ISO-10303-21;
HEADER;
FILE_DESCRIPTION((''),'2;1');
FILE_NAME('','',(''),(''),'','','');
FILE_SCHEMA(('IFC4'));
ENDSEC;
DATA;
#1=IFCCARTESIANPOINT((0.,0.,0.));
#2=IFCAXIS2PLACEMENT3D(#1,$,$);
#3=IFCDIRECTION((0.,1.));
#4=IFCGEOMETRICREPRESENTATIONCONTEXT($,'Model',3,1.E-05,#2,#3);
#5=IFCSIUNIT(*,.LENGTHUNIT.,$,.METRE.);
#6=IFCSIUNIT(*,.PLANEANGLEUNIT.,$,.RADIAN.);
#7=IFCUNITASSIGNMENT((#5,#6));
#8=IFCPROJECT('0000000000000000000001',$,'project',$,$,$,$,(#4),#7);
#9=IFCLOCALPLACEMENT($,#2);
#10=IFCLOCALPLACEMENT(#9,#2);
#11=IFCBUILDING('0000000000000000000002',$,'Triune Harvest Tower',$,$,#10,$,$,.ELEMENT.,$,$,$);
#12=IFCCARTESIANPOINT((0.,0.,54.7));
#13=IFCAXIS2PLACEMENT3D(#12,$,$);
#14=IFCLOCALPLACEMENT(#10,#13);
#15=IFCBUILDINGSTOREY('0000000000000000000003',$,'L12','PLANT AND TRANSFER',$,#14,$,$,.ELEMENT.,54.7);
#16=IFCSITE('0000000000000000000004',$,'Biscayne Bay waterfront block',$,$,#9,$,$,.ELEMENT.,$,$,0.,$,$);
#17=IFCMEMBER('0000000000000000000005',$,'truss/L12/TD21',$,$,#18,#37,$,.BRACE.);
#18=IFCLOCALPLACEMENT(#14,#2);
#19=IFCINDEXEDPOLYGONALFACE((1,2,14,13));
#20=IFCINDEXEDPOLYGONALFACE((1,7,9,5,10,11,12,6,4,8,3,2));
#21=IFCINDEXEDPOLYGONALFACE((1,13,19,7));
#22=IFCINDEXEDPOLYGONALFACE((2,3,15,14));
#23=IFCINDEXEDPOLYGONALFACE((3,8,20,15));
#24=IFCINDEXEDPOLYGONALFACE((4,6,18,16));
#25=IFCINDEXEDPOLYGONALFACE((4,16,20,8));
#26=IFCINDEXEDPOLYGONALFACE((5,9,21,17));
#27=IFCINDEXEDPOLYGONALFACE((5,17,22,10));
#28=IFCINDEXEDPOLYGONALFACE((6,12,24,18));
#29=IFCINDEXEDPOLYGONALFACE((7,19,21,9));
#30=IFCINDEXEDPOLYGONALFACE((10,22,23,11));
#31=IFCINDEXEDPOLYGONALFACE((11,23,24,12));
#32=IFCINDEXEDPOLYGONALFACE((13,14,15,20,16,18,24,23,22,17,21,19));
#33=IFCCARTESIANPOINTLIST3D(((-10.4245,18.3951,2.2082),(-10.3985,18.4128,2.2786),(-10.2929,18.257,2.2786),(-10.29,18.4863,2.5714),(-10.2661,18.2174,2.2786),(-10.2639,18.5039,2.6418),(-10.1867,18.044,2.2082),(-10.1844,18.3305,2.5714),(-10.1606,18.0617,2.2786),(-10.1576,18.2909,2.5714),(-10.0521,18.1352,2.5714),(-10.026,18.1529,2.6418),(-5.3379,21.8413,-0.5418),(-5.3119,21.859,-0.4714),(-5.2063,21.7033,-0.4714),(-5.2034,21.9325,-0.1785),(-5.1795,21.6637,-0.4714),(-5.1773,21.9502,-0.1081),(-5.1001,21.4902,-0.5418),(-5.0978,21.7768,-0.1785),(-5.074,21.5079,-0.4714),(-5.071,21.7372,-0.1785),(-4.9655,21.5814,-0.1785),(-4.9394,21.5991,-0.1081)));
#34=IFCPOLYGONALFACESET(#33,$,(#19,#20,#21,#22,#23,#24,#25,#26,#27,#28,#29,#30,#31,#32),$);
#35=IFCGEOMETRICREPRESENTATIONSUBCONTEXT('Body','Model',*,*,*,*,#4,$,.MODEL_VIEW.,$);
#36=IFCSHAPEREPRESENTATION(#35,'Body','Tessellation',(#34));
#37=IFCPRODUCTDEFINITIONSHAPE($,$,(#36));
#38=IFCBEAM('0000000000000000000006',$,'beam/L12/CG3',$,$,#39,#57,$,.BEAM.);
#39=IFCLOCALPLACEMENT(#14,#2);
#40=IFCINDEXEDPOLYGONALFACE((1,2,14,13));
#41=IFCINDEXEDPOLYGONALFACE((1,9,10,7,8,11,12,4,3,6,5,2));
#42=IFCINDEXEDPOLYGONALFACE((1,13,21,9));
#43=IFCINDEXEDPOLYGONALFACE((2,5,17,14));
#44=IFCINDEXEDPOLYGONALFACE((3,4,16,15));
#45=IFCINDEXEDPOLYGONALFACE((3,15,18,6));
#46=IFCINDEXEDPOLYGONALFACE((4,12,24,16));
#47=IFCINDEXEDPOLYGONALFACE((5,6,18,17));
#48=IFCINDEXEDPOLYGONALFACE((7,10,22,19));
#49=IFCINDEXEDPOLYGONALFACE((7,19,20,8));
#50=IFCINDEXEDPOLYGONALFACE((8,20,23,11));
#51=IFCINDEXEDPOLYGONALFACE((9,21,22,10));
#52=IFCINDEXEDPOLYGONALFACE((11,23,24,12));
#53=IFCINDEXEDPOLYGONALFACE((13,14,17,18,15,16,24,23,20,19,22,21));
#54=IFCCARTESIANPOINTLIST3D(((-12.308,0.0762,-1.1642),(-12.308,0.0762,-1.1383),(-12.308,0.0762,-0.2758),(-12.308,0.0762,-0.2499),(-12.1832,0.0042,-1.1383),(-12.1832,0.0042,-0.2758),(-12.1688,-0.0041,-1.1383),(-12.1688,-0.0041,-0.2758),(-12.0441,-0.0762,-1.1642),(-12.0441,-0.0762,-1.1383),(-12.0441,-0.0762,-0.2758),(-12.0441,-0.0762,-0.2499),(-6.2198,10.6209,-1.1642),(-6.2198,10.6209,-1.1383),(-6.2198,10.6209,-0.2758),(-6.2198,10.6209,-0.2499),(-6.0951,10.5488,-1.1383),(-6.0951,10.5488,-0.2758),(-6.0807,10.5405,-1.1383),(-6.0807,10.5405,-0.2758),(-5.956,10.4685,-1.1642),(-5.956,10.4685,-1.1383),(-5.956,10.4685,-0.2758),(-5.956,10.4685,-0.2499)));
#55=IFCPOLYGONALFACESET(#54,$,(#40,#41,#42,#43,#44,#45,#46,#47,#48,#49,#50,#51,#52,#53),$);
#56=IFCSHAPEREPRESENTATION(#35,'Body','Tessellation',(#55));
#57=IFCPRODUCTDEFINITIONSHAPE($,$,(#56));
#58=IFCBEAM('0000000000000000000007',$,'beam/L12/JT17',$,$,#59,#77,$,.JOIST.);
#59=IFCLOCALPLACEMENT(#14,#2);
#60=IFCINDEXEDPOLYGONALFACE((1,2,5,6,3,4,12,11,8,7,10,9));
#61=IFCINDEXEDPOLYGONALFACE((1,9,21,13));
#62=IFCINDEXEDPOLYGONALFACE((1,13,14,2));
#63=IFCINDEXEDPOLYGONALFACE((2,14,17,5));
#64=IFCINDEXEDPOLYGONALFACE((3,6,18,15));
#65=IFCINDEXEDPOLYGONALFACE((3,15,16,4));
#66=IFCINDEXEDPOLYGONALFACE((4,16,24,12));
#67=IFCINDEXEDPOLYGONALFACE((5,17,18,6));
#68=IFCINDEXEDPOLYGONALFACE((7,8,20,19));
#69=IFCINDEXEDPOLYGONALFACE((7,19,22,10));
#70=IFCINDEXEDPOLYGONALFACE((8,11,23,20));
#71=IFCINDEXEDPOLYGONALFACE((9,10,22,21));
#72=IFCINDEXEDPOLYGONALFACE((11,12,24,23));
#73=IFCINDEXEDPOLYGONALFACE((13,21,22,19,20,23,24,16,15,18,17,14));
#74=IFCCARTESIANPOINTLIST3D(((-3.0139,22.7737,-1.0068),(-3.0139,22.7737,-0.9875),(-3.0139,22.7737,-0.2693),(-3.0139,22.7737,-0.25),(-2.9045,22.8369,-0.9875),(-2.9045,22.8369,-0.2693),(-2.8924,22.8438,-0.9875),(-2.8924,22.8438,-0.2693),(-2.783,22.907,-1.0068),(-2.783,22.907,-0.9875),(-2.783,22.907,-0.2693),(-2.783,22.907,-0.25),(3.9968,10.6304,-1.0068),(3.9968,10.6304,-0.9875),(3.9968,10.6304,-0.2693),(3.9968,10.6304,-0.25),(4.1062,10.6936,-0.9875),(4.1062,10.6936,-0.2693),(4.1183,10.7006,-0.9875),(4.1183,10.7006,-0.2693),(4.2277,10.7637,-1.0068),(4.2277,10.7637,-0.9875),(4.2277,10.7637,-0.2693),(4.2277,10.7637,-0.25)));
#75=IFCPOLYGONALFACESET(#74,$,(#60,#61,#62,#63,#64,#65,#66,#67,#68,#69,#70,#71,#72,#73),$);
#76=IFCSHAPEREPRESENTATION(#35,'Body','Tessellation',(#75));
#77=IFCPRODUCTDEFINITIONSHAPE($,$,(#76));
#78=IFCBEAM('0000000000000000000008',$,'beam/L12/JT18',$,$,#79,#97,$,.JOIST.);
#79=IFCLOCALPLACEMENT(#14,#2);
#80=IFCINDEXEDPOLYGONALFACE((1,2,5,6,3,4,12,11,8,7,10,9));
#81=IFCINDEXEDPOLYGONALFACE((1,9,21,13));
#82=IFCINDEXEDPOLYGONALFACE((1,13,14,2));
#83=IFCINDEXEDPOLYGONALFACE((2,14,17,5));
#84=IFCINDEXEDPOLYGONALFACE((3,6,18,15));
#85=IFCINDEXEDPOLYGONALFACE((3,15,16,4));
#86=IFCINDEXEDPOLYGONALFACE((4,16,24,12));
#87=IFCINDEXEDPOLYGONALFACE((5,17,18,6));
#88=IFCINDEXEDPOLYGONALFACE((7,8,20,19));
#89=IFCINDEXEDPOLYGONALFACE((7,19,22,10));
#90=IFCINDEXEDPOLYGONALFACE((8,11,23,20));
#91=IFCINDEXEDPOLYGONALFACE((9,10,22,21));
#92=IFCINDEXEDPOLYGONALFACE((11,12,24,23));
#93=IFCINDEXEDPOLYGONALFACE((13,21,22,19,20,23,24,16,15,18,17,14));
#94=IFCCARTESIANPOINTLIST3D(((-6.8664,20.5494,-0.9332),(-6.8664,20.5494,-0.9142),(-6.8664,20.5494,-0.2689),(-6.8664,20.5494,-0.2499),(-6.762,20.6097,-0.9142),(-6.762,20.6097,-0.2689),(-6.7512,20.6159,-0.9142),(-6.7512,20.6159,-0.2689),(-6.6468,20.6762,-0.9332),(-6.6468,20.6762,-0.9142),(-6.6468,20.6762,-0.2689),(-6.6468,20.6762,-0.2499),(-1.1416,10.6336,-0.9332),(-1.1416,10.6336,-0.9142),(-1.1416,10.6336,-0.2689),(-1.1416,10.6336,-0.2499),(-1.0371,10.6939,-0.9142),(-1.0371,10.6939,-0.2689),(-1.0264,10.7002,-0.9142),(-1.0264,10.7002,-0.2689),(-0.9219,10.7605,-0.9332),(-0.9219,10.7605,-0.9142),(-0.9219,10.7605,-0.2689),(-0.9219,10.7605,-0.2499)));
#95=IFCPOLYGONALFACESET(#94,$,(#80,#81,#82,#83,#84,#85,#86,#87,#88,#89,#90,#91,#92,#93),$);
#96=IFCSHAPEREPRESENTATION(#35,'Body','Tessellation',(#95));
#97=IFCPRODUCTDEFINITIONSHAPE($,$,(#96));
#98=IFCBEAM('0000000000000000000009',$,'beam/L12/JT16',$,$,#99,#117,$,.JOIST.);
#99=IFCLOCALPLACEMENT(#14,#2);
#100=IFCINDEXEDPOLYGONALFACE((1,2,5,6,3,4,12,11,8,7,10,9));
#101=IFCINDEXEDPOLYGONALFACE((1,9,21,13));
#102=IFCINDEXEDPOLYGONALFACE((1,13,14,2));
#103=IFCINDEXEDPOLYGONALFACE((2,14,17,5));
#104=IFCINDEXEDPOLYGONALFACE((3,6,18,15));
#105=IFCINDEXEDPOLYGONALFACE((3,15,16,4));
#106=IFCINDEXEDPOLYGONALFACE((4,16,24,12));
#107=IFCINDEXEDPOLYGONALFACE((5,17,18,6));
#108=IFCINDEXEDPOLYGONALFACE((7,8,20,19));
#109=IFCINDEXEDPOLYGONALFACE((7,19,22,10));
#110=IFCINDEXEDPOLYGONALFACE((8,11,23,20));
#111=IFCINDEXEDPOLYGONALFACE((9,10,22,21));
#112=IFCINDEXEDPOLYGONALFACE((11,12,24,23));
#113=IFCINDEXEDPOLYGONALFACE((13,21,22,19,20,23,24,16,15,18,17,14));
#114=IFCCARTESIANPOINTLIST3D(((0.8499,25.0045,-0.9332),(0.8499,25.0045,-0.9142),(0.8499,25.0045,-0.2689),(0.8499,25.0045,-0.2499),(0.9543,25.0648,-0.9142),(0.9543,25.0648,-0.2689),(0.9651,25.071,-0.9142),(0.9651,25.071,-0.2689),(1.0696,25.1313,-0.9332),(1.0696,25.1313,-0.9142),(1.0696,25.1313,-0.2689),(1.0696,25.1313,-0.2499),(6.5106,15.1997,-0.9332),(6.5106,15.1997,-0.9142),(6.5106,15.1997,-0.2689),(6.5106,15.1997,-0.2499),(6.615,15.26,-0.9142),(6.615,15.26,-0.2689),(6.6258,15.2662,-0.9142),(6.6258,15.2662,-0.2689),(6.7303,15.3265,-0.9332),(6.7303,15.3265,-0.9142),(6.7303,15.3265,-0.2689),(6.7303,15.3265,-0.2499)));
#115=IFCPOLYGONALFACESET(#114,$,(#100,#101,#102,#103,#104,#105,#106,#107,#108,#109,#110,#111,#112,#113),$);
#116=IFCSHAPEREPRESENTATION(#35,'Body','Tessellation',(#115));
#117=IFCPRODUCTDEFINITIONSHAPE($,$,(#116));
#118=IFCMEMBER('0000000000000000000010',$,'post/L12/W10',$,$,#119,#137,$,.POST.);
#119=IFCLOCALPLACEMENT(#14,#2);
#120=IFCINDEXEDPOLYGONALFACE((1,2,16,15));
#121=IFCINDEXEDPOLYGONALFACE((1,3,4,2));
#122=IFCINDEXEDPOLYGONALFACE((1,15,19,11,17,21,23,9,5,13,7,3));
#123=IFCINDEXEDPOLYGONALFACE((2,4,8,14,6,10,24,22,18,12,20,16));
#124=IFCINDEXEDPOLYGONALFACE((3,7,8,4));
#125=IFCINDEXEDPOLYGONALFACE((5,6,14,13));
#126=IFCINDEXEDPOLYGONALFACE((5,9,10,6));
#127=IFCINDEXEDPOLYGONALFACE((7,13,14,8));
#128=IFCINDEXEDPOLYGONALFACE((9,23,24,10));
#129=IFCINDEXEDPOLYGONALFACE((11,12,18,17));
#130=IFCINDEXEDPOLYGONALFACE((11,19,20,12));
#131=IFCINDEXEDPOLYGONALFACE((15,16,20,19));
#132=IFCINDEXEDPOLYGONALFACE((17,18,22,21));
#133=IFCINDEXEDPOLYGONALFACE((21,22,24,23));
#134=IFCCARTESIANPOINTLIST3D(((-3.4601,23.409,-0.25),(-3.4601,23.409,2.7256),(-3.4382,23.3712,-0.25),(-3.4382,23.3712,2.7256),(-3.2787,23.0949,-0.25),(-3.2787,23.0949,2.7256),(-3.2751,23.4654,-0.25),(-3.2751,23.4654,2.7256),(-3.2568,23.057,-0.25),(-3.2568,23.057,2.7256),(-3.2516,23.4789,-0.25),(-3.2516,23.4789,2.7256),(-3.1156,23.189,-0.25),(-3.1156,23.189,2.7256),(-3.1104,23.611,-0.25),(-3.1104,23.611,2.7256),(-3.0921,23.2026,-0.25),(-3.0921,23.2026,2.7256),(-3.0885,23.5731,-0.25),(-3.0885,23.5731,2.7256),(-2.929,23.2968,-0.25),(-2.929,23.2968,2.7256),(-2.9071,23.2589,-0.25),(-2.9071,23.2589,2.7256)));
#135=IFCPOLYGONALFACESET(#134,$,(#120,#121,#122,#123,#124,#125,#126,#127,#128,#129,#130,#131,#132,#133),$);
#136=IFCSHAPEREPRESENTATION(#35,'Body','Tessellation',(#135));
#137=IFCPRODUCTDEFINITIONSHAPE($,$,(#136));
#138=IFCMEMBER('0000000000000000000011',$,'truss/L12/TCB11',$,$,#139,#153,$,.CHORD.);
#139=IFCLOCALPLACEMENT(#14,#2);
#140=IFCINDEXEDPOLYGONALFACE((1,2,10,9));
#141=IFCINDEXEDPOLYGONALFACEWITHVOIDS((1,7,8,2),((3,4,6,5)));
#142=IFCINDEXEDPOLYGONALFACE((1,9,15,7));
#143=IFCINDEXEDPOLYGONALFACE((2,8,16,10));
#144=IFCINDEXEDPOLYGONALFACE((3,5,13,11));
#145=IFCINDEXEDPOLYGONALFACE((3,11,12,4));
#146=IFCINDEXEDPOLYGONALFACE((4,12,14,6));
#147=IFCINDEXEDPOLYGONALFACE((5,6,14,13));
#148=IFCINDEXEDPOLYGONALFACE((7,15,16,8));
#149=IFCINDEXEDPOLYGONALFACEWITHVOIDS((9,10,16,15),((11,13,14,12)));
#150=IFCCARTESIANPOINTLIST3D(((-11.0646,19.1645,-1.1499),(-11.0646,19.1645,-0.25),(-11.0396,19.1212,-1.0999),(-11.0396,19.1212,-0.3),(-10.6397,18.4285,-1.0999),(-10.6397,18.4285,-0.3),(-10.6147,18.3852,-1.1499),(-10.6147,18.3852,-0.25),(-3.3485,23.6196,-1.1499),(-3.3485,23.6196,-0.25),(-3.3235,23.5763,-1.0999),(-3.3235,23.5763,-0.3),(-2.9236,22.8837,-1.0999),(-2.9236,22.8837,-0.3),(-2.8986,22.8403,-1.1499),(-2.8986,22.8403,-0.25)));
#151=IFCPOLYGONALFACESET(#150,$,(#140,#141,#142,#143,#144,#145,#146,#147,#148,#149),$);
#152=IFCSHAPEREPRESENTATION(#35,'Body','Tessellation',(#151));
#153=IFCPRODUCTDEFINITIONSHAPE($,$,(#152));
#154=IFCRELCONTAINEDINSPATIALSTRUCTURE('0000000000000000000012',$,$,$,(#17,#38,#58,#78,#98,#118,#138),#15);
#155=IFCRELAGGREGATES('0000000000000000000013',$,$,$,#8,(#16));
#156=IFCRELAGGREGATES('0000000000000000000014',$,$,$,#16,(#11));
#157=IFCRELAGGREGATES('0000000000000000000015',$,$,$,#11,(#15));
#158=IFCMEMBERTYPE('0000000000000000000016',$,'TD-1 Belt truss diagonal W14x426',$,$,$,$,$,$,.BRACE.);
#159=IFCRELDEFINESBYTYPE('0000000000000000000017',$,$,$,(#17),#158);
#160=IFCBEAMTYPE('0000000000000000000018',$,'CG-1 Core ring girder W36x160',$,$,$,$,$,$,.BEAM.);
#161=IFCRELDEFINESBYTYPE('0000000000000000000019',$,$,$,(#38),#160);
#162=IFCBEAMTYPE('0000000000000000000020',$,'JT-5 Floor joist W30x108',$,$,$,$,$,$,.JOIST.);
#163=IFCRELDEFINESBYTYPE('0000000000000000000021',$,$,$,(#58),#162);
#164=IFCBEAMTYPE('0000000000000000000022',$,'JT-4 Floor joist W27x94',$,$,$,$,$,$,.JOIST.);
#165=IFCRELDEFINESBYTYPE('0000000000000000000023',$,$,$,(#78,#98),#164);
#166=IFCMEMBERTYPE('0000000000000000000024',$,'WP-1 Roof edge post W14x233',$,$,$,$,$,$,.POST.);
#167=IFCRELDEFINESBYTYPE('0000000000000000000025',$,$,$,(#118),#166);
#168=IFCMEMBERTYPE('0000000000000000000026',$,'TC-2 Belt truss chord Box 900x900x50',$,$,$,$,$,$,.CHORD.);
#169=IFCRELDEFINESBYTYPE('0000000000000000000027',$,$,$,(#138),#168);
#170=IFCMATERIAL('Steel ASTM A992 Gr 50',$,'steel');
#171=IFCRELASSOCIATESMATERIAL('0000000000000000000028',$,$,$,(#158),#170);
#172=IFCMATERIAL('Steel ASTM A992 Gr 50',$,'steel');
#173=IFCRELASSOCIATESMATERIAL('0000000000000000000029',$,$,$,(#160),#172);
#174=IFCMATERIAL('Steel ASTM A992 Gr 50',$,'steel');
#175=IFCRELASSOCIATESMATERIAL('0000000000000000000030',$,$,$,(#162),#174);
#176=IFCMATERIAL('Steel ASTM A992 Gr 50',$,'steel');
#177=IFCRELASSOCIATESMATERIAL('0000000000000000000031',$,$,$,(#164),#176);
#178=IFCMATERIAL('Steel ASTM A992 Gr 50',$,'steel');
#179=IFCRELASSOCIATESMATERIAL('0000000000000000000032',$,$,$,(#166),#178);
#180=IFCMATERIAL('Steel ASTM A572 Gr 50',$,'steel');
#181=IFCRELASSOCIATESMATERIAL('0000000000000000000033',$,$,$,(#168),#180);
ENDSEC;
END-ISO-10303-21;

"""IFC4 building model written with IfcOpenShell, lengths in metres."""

from ifc_helpers import new_model, si_unit, direction, frame, origin, origin_2d, place, context, subcontext, project, spatial, hollow_rectangle, i_section, extrude, source, transform, mapped, material, material_profile, profile_set, type_object, element, save


model = new_model("IFC4")

# Units and contexts
model_context = context("Model", 3, precision=1e-05, world=origin(), true_north=direction((0.0, 1.0)))
body_context = subcontext(model_context, "Body", "Model", "MODEL_VIEW")
ifc_project = project(units=[si_unit("LENGTHUNIT", "METRE"), si_unit("PLANEANGLEUNIT", "RADIAN")], contexts=[model_context])

# Site, building, storey
site_placement = place(None, origin())
site = spatial("IfcSite", under=ifc_project, at=site_placement, Name="Biscayne Bay waterfront block", CompositionType="ELEMENT", RefElevation=0.0)
building_placement = place(site_placement, origin())
building = spatial("IfcBuilding", under=site, at=building_placement, Name="Triune Harvest Tower", CompositionType="ELEMENT")
storey_placement = place(building_placement, frame((0.0, 0.0, 54.7)))
storey = spatial("IfcBuildingStorey", under=building, at=storey_placement, Name="L12", Description="PLANT AND TRANSFER", CompositionType="ELEMENT", Elevation=54.7)

# Member
ifc_material_1 = material(Name="Steel ASTM A992 Gr 50", Category="steel")
ifc_material_profile_1 = material_profile(ifc_material_1, i_section(OverallWidth=0.4241, OverallDepth=0.4751, WebThickness=0.0479, FlangeThickness=0.0771, at=origin_2d()), Name="W14x426")
ifc_profile_set_1 = profile_set([ifc_material_profile_1], Name="Steel ASTM A992 Gr 50")
member_type_1 = type_object("IfcMemberType", Name="TD-1 Belt truss diagonal W14x426", PredefinedType="BRACE", material=ifc_profile_set_1)
member_1_placement = place(storey_placement, frame((-5.1387, 21.7202, -0.325), z_axis=(-0.755647, -0.511962, 0.408525), x_axis=(0.560902, -0.827882, 0.0)))
element("IfcMember", 1, at=member_1_placement, inside=storey, type_object=member_type_1, Name="truss/L12/TD21", PredefinedType="BRACE", context=body_context, shape_type="SweptSolid", body=[
    extrude(i_section(OverallWidth=0.4241, OverallDepth=0.4751, WebThickness=0.0479, FlangeThickness=0.0771, at=origin_2d()), origin(), (0.0, 0.0, 1.0), 6.7314),
])

# Beams
ifc_material_2 = material(Name="Steel ASTM A992 Gr 50", Category="steel")
ifc_material_profile_2 = material_profile(ifc_material_2, i_section(OverallWidth=0.3047, OverallDepth=0.9143, WebThickness=0.0166, FlangeThickness=0.0259, at=origin_2d()), Name="W36x160")
ifc_profile_set_2 = profile_set([ifc_material_profile_2], Name="Steel ASTM A992 Gr 50")
beam_type_1 = type_object("IfcBeamType", Name="CG-1 Core ring girder W36x160", PredefinedType="BEAM", material=ifc_profile_set_2)
shared_shape_1 = source(origin(), body_context, "Body", "SweptSolid", [
    extrude(i_section(OverallWidth=0.3047, OverallDepth=0.9143, WebThickness=0.0166, FlangeThickness=0.0259, at=origin_2d()), origin(), (0.0, 0.0, 1.0), 12.176),
])
beam_1_placement = place(storey_placement, frame((-6.0879, 10.5447, -0.707), z_axis=(-0.50001, -0.86602, 0.0), x_axis=(0.86602, -0.50001, 0.0)))
element("IfcBeam", 2, at=beam_1_placement, inside=storey, type_object=beam_type_1, Name="beam/L12/CG3", PredefinedType="BEAM", context=body_context, shape_type="MappedRepresentation", body=[
    mapped(shared_shape_1, transform((0.0, 0.0, 0.0), scale=1.0)),
])
ifc_material_3 = material(Name="Steel ASTM A992 Gr 50", Category="steel")
ifc_material_profile_3 = material_profile(ifc_material_3, i_section(OverallWidth=0.2666, OverallDepth=0.7568, WebThickness=0.0139, FlangeThickness=0.0193, at=origin_2d()), Name="W30x108")
ifc_profile_set_3 = profile_set([ifc_material_profile_3], Name="Steel ASTM A992 Gr 50")
beam_type_2 = type_object("IfcBeamType", Name="JT-5 Floor joist W30x108", PredefinedType="JOIST", material=ifc_profile_set_3)
shared_shape_2 = source(origin(), body_context, "Body", "SweptSolid", [
    extrude(i_section(OverallWidth=0.2666, OverallDepth=0.7568, WebThickness=0.0139, FlangeThickness=0.0193, at=origin_2d()), origin(), (0.0, 0.0, 1.0), 14.0217),
])
beam_2_placement = place(storey_placement, frame((-2.8984, 22.8403, -0.6284), z_axis=(0.499989, -0.866032, 0.0), x_axis=(0.866032, 0.499989, 0.0)))
element("IfcBeam", 3, at=beam_2_placement, inside=storey, type_object=beam_type_2, Name="beam/L12/JT17", PredefinedType="JOIST", context=body_context, shape_type="MappedRepresentation", body=[
    mapped(shared_shape_2, transform((0.0, 0.0, 0.0), scale=1.0)),
])
ifc_material_4 = material(Name="Steel ASTM A992 Gr 50", Category="steel")
ifc_material_profile_4 = material_profile(ifc_material_4, i_section(OverallWidth=0.2537, OverallDepth=0.6833, WebThickness=0.0125, FlangeThickness=0.019, at=origin_2d()), Name="W27x94")
ifc_profile_set_4 = profile_set([ifc_material_profile_4], Name="Steel ASTM A992 Gr 50")
beam_type_3 = type_object("IfcBeamType", Name="JT-4 Floor joist W27x94", PredefinedType="JOIST", material=ifc_profile_set_4)
shared_shape_3 = source(origin(), body_context, "Body", "SweptSolid", [
    extrude(i_section(OverallWidth=0.2537, OverallDepth=0.6833, WebThickness=0.0125, FlangeThickness=0.019, at=origin_2d()), origin(), (0.0, 0.0, 1.0), 11.4497),
])
beam_3_placement = place(storey_placement, frame((-6.7566, 20.6128, -0.5916), z_axis=(0.499999, -0.866026, 0.0), x_axis=(0.866026, 0.499999, 0.0)))
element("IfcBeam", 4, at=beam_3_placement, inside=storey, type_object=beam_type_3, Name="beam/L12/JT18", PredefinedType="JOIST", context=body_context, shape_type="MappedRepresentation", body=[
    mapped(shared_shape_3, transform((0.0, 0.0, 0.0), scale=1.0)),
])
shared_shape_4 = source(origin(), body_context, "Body", "SweptSolid", [
    extrude(i_section(OverallWidth=0.2537, OverallDepth=0.6833, WebThickness=0.0125, FlangeThickness=0.019, at=origin_2d()), origin(), (0.0, 0.0, 1.0), 11.3215),
])
beam_4_placement = place(storey_placement, frame((0.9597, 25.0679, -0.5916), z_axis=(0.499994, -0.866029, 0.0), x_axis=(0.866029, 0.499994, 0.0)))
element("IfcBeam", 5, at=beam_4_placement, inside=storey, type_object=beam_type_3, Name="beam/L12/JT16", PredefinedType="JOIST", context=body_context, shape_type="MappedRepresentation", body=[
    mapped(shared_shape_4, transform((0.0, 0.0, 0.0), scale=1.0)),
])

# Members
ifc_material_5 = material(Name="Steel ASTM A992 Gr 50", Category="steel")
ifc_material_profile_5 = material_profile(ifc_material_5, i_section(OverallWidth=0.4038, OverallDepth=0.4065, WebThickness=0.0271, FlangeThickness=0.0437, at=origin_2d()), Name="W14x233")
ifc_profile_set_5 = profile_set([ifc_material_profile_5], Name="Steel ASTM A992 Gr 50")
member_type_2 = type_object("IfcMemberType", Name="WP-1 Roof edge post W14x233", PredefinedType="POST", material=ifc_profile_set_5)
shared_shape_5 = source(origin(), body_context, "Body", "SweptSolid", [
    extrude(i_section(OverallWidth=0.4038, OverallDepth=0.4065, WebThickness=0.0271, FlangeThickness=0.0437, at=origin_2d()), origin(), (0.0, 0.0, 1.0), 2.9756),
])
member_2_placement = place(storey_placement, frame((-3.1836, 23.334, -0.25), z_axis=(0.0, 0.0, 1.0), x_axis=(-0.866025, -0.5, 0.0)))
element("IfcMember", 6, at=member_2_placement, inside=storey, type_object=member_type_2, Name="post/L12/W10", PredefinedType="POST", context=body_context, shape_type="MappedRepresentation", body=[
    mapped(shared_shape_5, transform((0.0, 0.0, 0.0), scale=1.0)),
])
ifc_material_6 = material(Name="Steel ASTM A572 Gr 50", Category="steel")
ifc_material_profile_6 = material_profile(ifc_material_6, hollow_rectangle(XDim=0.8999, YDim=0.8999, WallThickness=0.05, at=origin_2d()), Name="Box 900x900x50")
ifc_profile_set_6 = profile_set([ifc_material_profile_6], Name="Steel ASTM A572 Gr 50")
member_type_3 = type_object("IfcMemberType", Name="TC-2 Belt truss chord Box 900x900x50", PredefinedType="CHORD", material=ifc_profile_set_6)
shared_shape_6 = source(origin(), body_context, "Body", "SweptSolid", [
    extrude(hollow_rectangle(XDim=0.8999, YDim=0.8999, WallThickness=0.05, at=origin_2d()), origin(), (0.0, 0.0, 1.0), 8.9099),
])
member_3_placement = place(storey_placement, frame((-3.1235, 23.23, -0.7), z_axis=(-0.866015, -0.500017, 0.0), x_axis=(0.500017, -0.866015, 0.0)))
element("IfcMember", 7, at=member_3_placement, inside=storey, type_object=member_type_3, Name="truss/L12/TCB11", PredefinedType="CHORD", context=body_context, shape_type="MappedRepresentation", body=[
    mapped(shared_shape_6, transform((0.0, 0.0, 0.0), scale=1.0)),
])

save(model, "model.ifc")
